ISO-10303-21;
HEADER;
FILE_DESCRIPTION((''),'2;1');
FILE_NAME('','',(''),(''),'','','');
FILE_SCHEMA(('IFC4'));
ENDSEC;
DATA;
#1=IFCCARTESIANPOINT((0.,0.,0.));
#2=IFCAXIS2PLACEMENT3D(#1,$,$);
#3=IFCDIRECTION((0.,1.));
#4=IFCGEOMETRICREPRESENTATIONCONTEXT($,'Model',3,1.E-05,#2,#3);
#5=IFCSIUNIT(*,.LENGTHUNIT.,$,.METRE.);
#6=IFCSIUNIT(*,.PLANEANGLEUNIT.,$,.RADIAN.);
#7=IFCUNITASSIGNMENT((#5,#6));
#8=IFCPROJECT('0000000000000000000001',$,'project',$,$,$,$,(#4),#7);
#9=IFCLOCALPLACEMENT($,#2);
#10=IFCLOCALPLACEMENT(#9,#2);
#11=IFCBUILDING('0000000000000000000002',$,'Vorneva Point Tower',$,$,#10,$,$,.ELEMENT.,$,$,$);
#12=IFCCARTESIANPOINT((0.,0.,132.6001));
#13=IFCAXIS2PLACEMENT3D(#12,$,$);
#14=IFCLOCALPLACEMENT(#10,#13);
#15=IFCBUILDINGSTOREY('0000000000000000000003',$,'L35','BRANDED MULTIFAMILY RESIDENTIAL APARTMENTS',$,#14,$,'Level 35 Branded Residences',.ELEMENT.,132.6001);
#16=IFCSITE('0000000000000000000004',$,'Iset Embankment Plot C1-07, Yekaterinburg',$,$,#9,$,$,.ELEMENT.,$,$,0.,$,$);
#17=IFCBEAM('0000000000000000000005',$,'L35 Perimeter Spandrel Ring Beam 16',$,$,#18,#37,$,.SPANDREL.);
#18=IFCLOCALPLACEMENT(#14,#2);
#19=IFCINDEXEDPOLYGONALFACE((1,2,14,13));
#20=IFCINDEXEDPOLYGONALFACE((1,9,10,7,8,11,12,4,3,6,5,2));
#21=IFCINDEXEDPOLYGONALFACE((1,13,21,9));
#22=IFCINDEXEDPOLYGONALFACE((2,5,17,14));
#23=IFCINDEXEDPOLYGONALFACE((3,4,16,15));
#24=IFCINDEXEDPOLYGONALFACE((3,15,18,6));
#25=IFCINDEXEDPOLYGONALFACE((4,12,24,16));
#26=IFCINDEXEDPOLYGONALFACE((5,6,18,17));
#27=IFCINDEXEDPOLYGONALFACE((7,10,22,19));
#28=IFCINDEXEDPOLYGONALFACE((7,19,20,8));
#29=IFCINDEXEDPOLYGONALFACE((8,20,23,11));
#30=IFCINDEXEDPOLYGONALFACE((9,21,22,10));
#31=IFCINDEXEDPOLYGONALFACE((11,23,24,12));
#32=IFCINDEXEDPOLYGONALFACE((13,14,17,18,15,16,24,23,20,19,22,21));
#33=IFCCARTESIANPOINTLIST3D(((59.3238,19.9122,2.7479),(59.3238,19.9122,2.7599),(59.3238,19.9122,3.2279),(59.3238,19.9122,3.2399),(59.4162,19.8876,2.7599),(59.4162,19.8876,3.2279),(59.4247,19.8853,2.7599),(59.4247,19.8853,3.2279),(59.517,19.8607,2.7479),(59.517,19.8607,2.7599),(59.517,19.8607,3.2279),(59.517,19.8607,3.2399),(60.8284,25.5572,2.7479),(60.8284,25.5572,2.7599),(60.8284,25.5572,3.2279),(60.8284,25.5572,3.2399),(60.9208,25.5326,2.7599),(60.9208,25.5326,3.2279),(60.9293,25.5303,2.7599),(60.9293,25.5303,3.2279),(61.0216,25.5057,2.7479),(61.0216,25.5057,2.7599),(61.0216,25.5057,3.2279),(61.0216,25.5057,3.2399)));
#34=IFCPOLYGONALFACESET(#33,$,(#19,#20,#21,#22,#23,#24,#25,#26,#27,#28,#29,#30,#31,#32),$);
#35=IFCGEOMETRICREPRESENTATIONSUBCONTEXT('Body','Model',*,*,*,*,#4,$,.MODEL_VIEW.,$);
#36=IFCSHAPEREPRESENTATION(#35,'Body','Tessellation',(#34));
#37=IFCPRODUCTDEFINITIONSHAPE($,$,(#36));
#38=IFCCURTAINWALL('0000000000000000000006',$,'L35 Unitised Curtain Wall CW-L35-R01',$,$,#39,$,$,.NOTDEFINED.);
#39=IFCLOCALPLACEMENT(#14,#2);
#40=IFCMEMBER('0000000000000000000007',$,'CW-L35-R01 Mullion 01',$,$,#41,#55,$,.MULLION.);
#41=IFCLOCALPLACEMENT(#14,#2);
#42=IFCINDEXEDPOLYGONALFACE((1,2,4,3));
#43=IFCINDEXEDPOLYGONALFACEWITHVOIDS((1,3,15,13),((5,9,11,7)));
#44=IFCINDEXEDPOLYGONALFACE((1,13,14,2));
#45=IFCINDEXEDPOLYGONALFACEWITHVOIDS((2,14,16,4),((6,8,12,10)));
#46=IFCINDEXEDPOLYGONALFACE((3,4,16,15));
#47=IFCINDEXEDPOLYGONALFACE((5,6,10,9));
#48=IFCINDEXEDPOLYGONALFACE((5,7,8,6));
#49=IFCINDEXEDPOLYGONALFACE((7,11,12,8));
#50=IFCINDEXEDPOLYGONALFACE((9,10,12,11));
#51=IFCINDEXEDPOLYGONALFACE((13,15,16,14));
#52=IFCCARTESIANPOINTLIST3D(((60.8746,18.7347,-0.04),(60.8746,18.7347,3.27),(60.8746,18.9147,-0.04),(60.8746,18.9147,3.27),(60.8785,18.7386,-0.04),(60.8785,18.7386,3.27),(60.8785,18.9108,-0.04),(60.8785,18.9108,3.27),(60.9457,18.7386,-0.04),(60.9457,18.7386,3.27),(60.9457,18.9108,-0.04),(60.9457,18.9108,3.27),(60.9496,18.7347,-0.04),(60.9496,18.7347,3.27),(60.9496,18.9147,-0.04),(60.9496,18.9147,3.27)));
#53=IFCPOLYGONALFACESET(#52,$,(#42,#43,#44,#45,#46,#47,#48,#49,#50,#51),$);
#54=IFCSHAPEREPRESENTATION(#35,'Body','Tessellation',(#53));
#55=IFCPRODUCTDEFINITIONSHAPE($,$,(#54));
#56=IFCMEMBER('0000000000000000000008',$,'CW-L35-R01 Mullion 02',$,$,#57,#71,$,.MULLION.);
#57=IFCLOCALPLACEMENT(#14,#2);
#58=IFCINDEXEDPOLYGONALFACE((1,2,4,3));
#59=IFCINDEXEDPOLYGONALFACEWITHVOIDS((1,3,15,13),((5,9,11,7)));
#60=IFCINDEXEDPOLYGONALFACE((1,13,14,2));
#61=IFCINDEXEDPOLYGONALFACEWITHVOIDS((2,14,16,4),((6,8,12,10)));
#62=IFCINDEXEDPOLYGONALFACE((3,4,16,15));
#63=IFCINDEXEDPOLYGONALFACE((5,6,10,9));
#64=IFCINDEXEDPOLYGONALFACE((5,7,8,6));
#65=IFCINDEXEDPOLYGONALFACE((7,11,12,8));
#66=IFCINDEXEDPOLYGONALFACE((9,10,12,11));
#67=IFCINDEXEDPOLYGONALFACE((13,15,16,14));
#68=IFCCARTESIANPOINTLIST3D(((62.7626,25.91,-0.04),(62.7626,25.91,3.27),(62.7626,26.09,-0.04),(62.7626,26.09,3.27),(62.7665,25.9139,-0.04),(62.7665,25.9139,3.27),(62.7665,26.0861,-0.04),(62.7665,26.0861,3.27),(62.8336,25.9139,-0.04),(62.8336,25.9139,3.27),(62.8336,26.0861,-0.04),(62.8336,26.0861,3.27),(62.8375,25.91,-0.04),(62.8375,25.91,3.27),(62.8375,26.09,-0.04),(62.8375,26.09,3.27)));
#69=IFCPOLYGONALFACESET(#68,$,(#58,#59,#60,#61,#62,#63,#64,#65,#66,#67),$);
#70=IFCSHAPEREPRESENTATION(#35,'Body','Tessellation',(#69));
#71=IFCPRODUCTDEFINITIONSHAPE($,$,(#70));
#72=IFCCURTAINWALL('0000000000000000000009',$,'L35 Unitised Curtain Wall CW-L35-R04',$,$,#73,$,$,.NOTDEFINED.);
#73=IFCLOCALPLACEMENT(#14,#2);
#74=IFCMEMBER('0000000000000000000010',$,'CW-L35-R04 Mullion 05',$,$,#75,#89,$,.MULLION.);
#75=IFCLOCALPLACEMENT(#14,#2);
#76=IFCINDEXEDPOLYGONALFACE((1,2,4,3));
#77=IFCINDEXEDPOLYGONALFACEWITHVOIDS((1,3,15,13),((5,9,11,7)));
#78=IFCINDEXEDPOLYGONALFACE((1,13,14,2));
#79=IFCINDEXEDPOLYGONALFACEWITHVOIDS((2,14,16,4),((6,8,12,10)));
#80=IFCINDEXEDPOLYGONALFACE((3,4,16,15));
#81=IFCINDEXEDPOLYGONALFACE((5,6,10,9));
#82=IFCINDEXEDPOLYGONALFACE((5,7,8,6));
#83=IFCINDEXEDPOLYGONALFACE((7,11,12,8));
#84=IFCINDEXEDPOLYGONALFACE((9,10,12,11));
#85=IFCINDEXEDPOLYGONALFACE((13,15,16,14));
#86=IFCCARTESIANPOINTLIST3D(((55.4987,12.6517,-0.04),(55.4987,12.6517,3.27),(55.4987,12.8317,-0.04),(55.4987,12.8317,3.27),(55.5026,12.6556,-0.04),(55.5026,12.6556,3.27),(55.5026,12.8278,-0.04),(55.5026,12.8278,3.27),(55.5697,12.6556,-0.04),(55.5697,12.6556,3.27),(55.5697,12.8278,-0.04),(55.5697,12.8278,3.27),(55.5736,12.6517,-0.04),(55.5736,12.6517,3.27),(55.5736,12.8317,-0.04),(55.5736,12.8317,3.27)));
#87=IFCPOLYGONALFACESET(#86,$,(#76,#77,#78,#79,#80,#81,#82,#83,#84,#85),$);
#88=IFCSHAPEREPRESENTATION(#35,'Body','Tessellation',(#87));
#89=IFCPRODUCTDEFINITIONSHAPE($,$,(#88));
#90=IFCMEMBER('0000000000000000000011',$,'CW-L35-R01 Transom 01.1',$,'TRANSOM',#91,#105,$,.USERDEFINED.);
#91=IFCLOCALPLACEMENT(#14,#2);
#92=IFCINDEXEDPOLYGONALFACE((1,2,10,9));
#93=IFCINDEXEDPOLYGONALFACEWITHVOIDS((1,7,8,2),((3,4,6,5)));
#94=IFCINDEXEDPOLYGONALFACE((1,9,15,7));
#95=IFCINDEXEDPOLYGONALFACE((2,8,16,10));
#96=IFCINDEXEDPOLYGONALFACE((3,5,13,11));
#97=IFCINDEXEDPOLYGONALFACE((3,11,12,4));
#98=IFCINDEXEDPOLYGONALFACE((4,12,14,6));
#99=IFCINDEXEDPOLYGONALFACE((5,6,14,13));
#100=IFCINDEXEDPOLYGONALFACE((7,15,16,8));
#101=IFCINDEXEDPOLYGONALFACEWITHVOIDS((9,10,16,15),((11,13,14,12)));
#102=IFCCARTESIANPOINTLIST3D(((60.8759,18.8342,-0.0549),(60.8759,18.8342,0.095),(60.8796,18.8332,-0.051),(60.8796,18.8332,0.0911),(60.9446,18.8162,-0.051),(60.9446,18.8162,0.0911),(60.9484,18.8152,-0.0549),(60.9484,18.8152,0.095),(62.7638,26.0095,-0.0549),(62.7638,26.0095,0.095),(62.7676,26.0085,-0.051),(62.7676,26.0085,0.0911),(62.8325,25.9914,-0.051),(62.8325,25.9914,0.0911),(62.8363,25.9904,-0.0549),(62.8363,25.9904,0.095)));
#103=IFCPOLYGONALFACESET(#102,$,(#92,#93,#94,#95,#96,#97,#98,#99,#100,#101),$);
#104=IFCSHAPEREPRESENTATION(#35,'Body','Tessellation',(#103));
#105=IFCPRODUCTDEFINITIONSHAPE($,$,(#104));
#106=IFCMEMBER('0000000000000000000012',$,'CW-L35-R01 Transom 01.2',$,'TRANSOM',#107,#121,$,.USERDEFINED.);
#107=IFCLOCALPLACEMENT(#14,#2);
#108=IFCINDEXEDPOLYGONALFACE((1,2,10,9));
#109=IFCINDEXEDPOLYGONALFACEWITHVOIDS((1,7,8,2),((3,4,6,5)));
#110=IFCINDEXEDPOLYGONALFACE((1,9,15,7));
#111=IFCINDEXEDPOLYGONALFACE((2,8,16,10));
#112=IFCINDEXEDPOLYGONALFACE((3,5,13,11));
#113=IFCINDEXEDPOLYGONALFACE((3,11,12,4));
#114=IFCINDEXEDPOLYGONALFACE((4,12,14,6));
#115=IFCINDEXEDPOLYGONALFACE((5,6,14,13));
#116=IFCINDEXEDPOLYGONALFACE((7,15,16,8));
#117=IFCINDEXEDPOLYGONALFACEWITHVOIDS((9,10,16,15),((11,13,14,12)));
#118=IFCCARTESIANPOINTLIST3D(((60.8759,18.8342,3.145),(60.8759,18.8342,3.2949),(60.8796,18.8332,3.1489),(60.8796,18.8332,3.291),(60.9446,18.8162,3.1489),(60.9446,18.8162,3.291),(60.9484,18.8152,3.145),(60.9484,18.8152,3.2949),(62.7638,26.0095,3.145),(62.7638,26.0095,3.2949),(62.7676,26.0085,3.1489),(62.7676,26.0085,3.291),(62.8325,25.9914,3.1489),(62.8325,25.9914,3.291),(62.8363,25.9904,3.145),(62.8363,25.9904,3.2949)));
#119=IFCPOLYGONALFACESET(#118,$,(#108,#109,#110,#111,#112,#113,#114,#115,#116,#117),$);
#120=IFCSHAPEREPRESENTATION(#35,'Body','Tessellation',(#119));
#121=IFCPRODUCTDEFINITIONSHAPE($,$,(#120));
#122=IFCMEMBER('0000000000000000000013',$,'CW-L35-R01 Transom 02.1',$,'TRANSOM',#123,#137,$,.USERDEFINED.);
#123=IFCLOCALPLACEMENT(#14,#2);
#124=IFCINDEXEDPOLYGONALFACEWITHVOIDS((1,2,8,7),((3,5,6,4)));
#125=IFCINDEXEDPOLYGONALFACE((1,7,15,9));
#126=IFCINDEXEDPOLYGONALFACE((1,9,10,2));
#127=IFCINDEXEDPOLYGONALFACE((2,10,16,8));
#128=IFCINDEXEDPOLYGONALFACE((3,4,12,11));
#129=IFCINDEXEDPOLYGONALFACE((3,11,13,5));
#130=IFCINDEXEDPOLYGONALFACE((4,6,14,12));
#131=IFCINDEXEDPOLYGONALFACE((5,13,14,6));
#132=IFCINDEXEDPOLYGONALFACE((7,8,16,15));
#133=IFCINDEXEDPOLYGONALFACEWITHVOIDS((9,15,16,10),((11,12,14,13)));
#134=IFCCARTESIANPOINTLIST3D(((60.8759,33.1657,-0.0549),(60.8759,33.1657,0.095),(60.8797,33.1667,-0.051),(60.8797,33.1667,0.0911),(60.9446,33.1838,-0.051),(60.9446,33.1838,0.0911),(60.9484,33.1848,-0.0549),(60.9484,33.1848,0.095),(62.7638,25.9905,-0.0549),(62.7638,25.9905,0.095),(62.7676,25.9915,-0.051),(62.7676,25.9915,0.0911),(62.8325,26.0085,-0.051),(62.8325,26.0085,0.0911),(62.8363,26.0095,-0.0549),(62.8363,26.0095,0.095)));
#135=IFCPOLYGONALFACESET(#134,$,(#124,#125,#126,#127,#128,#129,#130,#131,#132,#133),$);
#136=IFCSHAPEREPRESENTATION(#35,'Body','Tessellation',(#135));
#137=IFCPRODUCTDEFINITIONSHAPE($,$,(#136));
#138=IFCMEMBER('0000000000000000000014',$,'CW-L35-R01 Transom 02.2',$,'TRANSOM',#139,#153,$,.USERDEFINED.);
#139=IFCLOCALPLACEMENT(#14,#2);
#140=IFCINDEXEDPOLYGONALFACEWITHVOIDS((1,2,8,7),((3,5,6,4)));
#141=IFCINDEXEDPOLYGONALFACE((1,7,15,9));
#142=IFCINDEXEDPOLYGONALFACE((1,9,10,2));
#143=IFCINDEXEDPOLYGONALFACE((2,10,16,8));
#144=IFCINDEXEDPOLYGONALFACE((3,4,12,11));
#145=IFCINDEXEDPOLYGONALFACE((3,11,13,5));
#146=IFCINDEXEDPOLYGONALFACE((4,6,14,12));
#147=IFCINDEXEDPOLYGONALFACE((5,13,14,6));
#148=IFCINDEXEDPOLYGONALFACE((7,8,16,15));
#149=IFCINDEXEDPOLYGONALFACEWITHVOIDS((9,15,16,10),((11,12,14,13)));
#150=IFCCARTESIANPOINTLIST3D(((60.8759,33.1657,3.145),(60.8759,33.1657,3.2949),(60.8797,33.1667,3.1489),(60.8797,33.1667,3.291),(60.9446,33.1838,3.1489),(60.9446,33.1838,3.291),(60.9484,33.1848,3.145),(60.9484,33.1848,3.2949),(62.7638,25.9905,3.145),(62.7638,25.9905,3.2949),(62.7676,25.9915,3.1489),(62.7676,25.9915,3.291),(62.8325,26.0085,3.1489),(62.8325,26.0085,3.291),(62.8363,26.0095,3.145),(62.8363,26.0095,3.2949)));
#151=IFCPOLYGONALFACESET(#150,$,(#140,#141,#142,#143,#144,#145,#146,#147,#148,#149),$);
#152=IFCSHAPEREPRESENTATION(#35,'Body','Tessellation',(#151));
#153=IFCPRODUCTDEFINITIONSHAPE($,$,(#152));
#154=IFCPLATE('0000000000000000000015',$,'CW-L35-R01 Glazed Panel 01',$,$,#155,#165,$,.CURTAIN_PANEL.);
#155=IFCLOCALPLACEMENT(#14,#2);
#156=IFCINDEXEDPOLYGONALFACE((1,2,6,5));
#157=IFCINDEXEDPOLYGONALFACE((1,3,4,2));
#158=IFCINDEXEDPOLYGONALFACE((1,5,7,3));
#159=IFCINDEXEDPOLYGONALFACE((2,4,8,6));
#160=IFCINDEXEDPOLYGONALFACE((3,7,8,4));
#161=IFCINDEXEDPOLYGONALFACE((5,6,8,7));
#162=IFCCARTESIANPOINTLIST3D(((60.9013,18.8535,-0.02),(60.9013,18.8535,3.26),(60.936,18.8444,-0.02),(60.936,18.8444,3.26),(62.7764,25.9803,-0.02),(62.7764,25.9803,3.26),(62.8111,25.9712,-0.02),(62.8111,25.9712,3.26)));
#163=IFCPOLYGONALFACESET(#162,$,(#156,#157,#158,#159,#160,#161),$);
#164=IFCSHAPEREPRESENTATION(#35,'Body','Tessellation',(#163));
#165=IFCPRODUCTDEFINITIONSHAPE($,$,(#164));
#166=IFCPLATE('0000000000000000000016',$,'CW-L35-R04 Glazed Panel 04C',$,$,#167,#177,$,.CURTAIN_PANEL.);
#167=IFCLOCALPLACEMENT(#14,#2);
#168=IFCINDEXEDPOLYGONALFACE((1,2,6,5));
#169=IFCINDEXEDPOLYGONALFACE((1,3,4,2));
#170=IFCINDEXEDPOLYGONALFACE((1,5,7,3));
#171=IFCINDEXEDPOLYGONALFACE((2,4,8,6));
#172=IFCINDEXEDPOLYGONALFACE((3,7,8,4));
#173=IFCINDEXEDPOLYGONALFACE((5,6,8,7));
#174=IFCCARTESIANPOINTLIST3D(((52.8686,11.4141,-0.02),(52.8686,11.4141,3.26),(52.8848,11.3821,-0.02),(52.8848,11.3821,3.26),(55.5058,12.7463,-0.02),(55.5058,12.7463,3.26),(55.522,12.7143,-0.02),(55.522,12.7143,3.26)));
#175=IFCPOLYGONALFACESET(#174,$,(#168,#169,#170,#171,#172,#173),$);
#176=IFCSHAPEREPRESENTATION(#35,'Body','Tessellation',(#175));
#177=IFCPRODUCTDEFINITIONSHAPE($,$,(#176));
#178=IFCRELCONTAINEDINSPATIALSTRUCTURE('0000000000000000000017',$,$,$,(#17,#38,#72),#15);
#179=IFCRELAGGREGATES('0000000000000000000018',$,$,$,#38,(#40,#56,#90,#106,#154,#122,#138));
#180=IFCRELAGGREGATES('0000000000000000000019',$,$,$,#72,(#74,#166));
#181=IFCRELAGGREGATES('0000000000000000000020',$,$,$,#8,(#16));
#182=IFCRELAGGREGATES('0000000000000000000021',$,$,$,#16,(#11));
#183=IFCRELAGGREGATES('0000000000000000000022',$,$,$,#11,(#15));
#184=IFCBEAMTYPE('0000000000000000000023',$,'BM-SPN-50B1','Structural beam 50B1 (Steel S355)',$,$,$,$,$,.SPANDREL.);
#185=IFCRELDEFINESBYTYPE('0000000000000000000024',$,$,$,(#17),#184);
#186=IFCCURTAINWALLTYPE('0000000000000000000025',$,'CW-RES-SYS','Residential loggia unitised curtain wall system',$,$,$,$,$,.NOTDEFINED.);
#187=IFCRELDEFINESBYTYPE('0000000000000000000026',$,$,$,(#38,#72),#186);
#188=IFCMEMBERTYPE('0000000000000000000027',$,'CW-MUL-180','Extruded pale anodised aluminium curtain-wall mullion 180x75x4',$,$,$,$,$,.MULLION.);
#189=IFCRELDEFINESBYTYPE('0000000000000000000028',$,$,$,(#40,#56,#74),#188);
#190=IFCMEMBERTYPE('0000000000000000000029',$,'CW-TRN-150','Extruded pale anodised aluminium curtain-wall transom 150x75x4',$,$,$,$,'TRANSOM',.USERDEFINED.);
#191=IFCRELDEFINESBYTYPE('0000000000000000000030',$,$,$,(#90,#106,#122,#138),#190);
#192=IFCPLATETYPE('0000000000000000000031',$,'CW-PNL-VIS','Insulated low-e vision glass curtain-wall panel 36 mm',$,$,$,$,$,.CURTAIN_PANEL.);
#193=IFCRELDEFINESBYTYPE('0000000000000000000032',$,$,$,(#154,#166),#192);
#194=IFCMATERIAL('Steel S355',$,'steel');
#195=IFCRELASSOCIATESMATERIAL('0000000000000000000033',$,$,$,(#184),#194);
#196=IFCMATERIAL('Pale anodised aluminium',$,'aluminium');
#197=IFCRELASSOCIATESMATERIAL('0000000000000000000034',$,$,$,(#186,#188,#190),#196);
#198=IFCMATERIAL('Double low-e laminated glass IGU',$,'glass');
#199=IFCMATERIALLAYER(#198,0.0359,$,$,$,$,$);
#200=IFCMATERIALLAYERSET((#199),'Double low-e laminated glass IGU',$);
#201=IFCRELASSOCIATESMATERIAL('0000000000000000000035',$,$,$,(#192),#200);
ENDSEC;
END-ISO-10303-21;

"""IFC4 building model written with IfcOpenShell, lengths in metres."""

from ifc_helpers import new_model, si_unit, direction, frame, origin, origin_2d, place, context, subcontext, project, spatial, rectangle, hollow_rectangle, i_section, extrude, material, layer, layer_set, material_profile, profile_set, type_object, element, aggregate, save


model = new_model("IFC4")

# Units and contexts
model_context = context("Model", 3, precision=1e-05, world=origin(), true_north=direction((0.0, 1.0)))
body_context = subcontext(model_context, "Body", "Model", "MODEL_VIEW")
ifc_project = project(units=[si_unit("LENGTHUNIT", "METRE"), si_unit("PLANEANGLEUNIT", "RADIAN")], contexts=[model_context])

# Site, building, storey
site_placement = place(None, origin())
site = spatial("IfcSite", under=ifc_project, at=site_placement, Name="Iset Embankment Plot C1-07, Yekaterinburg", CompositionType="ELEMENT", RefElevation=0.0)
building_placement = place(site_placement, origin())
building = spatial("IfcBuilding", under=site, at=building_placement, Name="Vorneva Point Tower", CompositionType="ELEMENT")
storey_placement = place(building_placement, frame((0.0, 0.0, 132.6001)))
storey = spatial("IfcBuildingStorey", under=building, at=storey_placement, Name="L35", Description="BRANDED MULTIFAMILY RESIDENTIAL APARTMENTS", LongName="Level 35 Branded Residences", CompositionType="ELEMENT", Elevation=132.6001)

# Beam
ifc_material_1 = material(Name="Steel S355", Category="steel")
ifc_material_profile_1 = material_profile(ifc_material_1, i_section(OverallWidth=0.2, OverallDepth=0.4919, WebThickness=0.0088, FlangeThickness=0.012, at=origin_2d()), Name="50B1")
ifc_profile_set_1 = profile_set([ifc_material_profile_1], Name="Steel S355")
beam_type_1 = type_object("IfcBeamType", Name="BM-SPN-50B1", Description="Structural beam 50B1 (Steel S355)", PredefinedType="SPANDREL", material=ifc_profile_set_1)
beam_1_placement = place(storey_placement, frame((59.4204, 19.8865, 2.9939), z_axis=(0.257551, 0.966265, 0.0), x_axis=(-0.966265, 0.257551, 0.0)))
element("IfcBeam", 1, at=beam_1_placement, inside=storey, type_object=beam_type_1, Name="L35 Perimeter Spandrel Ring Beam 16", PredefinedType="SPANDREL", context=body_context, shape_type="SweptSolid", body=[
    extrude(i_section(OverallWidth=0.2, OverallDepth=0.4919, WebThickness=0.0088, FlangeThickness=0.012, at=origin_2d()), origin(), (0.0, 0.0, 1.0), 5.842),
])

# Curtain wall, members
ifc_material_2 = material(Name="Pale anodised aluminium", Category="aluminium")
curtain_wall_type = type_object("IfcCurtainWallType", Name="CW-RES-SYS", Description="Residential loggia unitised curtain wall system", PredefinedType="NOTDEFINED", material=ifc_material_2)
curtain_wall_1_placement = place(storey_placement, origin())
curtain_wall_1 = element("IfcCurtainWall", 2, at=curtain_wall_1_placement, inside=storey, type_object=curtain_wall_type, Name="L35 Unitised Curtain Wall CW-L35-R01", PredefinedType="NOTDEFINED")
ifc_material_profile_2 = material_profile(ifc_material_2, hollow_rectangle(XDim=0.075, YDim=0.1799, WallThickness=0.0039, at=origin_2d()), Name="AL-MUL 180x75x4")
ifc_profile_set_2 = profile_set([ifc_material_profile_2], Name="Pale anodised aluminium")
member_type_1 = type_object("IfcMemberType", Name="CW-MUL-180", Description="Extruded pale anodised aluminium curtain-wall mullion 180x75x4", PredefinedType="MULLION", material=ifc_profile_set_2)
member_1_placement = place(storey_placement, frame((60.9121, 18.8247, -0.04), z_axis=(0.0, 0.0, 1.0), x_axis=(1.0, 0.0, 0.0)))
member_1 = element("IfcMember", 3, at=member_1_placement, type_object=member_type_1, Name="CW-L35-R01 Mullion 01", PredefinedType="MULLION", context=body_context, shape_type="SweptSolid", body=[
    extrude(hollow_rectangle(XDim=0.075, YDim=0.1799, WallThickness=0.0039, at=origin_2d()), origin(), (0.0, 0.0, 1.0), 3.3101),
])
member_2_placement = place(storey_placement, frame((62.8, 26.0, -0.04), z_axis=(0.0, 0.0, 1.0), x_axis=(1.0, 0.0, 0.0)))
member_2 = element("IfcMember", 4, at=member_2_placement, type_object=member_type_1, Name="CW-L35-R01 Mullion 02", PredefinedType="MULLION", context=body_context, shape_type="SweptSolid", body=[
    extrude(hollow_rectangle(XDim=0.075, YDim=0.1799, WallThickness=0.0039, at=origin_2d()), origin(), (0.0, 0.0, 1.0), 3.3101),
])

# Curtain wall, member
curtain_wall_2_placement = place(storey_placement, origin())
curtain_wall_2 = element("IfcCurtainWall", 5, at=curtain_wall_2_placement, inside=storey, type_object=curtain_wall_type, Name="L35 Unitised Curtain Wall CW-L35-R04", PredefinedType="NOTDEFINED")
member_3_placement = place(storey_placement, frame((55.5361, 12.7417, -0.04), z_axis=(0.0, 0.0, 1.0), x_axis=(1.0, 0.0, 0.0)))
member_3 = element("IfcMember", 6, at=member_3_placement, type_object=member_type_1, Name="CW-L35-R04 Mullion 05", PredefinedType="MULLION", context=body_context, shape_type="SweptSolid", body=[
    extrude(hollow_rectangle(XDim=0.075, YDim=0.1799, WallThickness=0.0039, at=origin_2d()), origin(), (0.0, 0.0, 1.0), 3.3101),
])

# Members
ifc_material_profile_3 = material_profile(ifc_material_2, hollow_rectangle(XDim=0.075, YDim=0.1499, WallThickness=0.0039, at=origin_2d()), Name="AL-TRN 150x75x4")
ifc_profile_set_3 = profile_set([ifc_material_profile_3], Name="Pale anodised aluminium")
member_type_2 = type_object("IfcMemberType", Name="CW-TRN-150", Description="Extruded pale anodised aluminium curtain-wall transom 150x75x4", ElementType="TRANSOM", PredefinedType="USERDEFINED", material=ifc_profile_set_3)
member_4_placement = place(storey_placement, frame((60.9121, 18.8247, 0.02), z_axis=(0.254456, 0.967084, 0.0), x_axis=(-0.967084, 0.254456, 0.0)))
member_4 = element("IfcMember", 7, at=member_4_placement, type_object=member_type_2, Name="CW-L35-R01 Transom 01.1", ObjectType="TRANSOM", PredefinedType="USERDEFINED", context=body_context, shape_type="SweptSolid", body=[
    extrude(hollow_rectangle(XDim=0.075, YDim=0.1499, WallThickness=0.0039, at=origin_2d()), origin(), (0.0, 0.0, 1.0), 7.4194),
])
member_5_placement = place(storey_placement, frame((60.9121, 18.8247, 3.22), z_axis=(0.254456, 0.967084, 0.0), x_axis=(-0.967084, 0.254456, 0.0)))
member_5 = element("IfcMember", 8, at=member_5_placement, type_object=member_type_2, Name="CW-L35-R01 Transom 01.2", ObjectType="TRANSOM", PredefinedType="USERDEFINED", context=body_context, shape_type="SweptSolid", body=[
    extrude(hollow_rectangle(XDim=0.075, YDim=0.1499, WallThickness=0.0039, at=origin_2d()), origin(), (0.0, 0.0, 1.0), 7.4194),
])
member_6_placement = place(storey_placement, frame((62.8, 26.0, 0.02), z_axis=(-0.254456, 0.967084, 0.0), x_axis=(-0.967084, -0.254456, 0.0)))
member_6 = element("IfcMember", 9, at=member_6_placement, type_object=member_type_2, Name="CW-L35-R01 Transom 02.1", ObjectType="TRANSOM", PredefinedType="USERDEFINED", context=body_context, shape_type="SweptSolid", body=[
    extrude(hollow_rectangle(XDim=0.075, YDim=0.1499, WallThickness=0.0039, at=origin_2d()), origin(), (0.0, 0.0, 1.0), 7.4194),
])
member_7_placement = place(storey_placement, frame((62.8, 26.0, 3.22), z_axis=(-0.254456, 0.967084, 0.0), x_axis=(-0.967084, -0.254456, 0.0)))
member_7 = element("IfcMember", 10, at=member_7_placement, type_object=member_type_2, Name="CW-L35-R01 Transom 02.2", ObjectType="TRANSOM", PredefinedType="USERDEFINED", context=body_context, shape_type="SweptSolid", body=[
    extrude(hollow_rectangle(XDim=0.075, YDim=0.1499, WallThickness=0.0039, at=origin_2d()), origin(), (0.0, 0.0, 1.0), 7.4194),
])

# Plates
ifc_material_3 = material(Name="Double low-e laminated glass IGU", Category="glass")
ifc_layer_1 = layer(ifc_material_3, 0.0359)
ifc_layer_set_1 = layer_set([ifc_layer_1], Name="Double low-e laminated glass IGU")
plate_type = type_object("IfcPlateType", Name="CW-PNL-VIS", Description="Insulated low-e vision glass curtain-wall panel 36 mm", PredefinedType="CURTAIN_PANEL", material=ifc_layer_set_1)
plate_1_placement = place(storey_placement, frame((61.8562, 22.4124, -0.02), z_axis=(0.0, 0.0, 1.0), x_axis=(0.254433, 0.96709, 0.0)))
plate_1 = element("IfcPlate", 11, at=plate_1_placement, type_object=plate_type, Name="CW-L35-R01 Glazed Panel 01", PredefinedType="CURTAIN_PANEL", context=body_context, shape_type="SweptSolid", body=[
    extrude(rectangle(XDim=7.3694, YDim=0.0359, at=origin_2d()), origin(), (0.0, 0.0, 1.0), 3.28),
])
aggregate(curtain_wall_1, [member_1, member_2, member_4, member_5, plate_1, member_6, member_7])
plate_2_placement = place(storey_placement, frame((54.1953, 12.0642, -0.02), z_axis=(0.0, 0.0, 1.0), x_axis=(0.892578, 0.450893, 0.0)))
plate_2 = element("IfcPlate", 12, at=plate_2_placement, type_object=plate_type, Name="CW-L35-R04 Glazed Panel 04C", PredefinedType="CURTAIN_PANEL", context=body_context, shape_type="SweptSolid", body=[
    extrude(rectangle(XDim=2.9546, YDim=0.0359, at=origin_2d()), origin(), (0.0, 0.0, 1.0), 3.28),
])
aggregate(curtain_wall_2, [member_3, plate_2])

save(model, "model.ifc")
